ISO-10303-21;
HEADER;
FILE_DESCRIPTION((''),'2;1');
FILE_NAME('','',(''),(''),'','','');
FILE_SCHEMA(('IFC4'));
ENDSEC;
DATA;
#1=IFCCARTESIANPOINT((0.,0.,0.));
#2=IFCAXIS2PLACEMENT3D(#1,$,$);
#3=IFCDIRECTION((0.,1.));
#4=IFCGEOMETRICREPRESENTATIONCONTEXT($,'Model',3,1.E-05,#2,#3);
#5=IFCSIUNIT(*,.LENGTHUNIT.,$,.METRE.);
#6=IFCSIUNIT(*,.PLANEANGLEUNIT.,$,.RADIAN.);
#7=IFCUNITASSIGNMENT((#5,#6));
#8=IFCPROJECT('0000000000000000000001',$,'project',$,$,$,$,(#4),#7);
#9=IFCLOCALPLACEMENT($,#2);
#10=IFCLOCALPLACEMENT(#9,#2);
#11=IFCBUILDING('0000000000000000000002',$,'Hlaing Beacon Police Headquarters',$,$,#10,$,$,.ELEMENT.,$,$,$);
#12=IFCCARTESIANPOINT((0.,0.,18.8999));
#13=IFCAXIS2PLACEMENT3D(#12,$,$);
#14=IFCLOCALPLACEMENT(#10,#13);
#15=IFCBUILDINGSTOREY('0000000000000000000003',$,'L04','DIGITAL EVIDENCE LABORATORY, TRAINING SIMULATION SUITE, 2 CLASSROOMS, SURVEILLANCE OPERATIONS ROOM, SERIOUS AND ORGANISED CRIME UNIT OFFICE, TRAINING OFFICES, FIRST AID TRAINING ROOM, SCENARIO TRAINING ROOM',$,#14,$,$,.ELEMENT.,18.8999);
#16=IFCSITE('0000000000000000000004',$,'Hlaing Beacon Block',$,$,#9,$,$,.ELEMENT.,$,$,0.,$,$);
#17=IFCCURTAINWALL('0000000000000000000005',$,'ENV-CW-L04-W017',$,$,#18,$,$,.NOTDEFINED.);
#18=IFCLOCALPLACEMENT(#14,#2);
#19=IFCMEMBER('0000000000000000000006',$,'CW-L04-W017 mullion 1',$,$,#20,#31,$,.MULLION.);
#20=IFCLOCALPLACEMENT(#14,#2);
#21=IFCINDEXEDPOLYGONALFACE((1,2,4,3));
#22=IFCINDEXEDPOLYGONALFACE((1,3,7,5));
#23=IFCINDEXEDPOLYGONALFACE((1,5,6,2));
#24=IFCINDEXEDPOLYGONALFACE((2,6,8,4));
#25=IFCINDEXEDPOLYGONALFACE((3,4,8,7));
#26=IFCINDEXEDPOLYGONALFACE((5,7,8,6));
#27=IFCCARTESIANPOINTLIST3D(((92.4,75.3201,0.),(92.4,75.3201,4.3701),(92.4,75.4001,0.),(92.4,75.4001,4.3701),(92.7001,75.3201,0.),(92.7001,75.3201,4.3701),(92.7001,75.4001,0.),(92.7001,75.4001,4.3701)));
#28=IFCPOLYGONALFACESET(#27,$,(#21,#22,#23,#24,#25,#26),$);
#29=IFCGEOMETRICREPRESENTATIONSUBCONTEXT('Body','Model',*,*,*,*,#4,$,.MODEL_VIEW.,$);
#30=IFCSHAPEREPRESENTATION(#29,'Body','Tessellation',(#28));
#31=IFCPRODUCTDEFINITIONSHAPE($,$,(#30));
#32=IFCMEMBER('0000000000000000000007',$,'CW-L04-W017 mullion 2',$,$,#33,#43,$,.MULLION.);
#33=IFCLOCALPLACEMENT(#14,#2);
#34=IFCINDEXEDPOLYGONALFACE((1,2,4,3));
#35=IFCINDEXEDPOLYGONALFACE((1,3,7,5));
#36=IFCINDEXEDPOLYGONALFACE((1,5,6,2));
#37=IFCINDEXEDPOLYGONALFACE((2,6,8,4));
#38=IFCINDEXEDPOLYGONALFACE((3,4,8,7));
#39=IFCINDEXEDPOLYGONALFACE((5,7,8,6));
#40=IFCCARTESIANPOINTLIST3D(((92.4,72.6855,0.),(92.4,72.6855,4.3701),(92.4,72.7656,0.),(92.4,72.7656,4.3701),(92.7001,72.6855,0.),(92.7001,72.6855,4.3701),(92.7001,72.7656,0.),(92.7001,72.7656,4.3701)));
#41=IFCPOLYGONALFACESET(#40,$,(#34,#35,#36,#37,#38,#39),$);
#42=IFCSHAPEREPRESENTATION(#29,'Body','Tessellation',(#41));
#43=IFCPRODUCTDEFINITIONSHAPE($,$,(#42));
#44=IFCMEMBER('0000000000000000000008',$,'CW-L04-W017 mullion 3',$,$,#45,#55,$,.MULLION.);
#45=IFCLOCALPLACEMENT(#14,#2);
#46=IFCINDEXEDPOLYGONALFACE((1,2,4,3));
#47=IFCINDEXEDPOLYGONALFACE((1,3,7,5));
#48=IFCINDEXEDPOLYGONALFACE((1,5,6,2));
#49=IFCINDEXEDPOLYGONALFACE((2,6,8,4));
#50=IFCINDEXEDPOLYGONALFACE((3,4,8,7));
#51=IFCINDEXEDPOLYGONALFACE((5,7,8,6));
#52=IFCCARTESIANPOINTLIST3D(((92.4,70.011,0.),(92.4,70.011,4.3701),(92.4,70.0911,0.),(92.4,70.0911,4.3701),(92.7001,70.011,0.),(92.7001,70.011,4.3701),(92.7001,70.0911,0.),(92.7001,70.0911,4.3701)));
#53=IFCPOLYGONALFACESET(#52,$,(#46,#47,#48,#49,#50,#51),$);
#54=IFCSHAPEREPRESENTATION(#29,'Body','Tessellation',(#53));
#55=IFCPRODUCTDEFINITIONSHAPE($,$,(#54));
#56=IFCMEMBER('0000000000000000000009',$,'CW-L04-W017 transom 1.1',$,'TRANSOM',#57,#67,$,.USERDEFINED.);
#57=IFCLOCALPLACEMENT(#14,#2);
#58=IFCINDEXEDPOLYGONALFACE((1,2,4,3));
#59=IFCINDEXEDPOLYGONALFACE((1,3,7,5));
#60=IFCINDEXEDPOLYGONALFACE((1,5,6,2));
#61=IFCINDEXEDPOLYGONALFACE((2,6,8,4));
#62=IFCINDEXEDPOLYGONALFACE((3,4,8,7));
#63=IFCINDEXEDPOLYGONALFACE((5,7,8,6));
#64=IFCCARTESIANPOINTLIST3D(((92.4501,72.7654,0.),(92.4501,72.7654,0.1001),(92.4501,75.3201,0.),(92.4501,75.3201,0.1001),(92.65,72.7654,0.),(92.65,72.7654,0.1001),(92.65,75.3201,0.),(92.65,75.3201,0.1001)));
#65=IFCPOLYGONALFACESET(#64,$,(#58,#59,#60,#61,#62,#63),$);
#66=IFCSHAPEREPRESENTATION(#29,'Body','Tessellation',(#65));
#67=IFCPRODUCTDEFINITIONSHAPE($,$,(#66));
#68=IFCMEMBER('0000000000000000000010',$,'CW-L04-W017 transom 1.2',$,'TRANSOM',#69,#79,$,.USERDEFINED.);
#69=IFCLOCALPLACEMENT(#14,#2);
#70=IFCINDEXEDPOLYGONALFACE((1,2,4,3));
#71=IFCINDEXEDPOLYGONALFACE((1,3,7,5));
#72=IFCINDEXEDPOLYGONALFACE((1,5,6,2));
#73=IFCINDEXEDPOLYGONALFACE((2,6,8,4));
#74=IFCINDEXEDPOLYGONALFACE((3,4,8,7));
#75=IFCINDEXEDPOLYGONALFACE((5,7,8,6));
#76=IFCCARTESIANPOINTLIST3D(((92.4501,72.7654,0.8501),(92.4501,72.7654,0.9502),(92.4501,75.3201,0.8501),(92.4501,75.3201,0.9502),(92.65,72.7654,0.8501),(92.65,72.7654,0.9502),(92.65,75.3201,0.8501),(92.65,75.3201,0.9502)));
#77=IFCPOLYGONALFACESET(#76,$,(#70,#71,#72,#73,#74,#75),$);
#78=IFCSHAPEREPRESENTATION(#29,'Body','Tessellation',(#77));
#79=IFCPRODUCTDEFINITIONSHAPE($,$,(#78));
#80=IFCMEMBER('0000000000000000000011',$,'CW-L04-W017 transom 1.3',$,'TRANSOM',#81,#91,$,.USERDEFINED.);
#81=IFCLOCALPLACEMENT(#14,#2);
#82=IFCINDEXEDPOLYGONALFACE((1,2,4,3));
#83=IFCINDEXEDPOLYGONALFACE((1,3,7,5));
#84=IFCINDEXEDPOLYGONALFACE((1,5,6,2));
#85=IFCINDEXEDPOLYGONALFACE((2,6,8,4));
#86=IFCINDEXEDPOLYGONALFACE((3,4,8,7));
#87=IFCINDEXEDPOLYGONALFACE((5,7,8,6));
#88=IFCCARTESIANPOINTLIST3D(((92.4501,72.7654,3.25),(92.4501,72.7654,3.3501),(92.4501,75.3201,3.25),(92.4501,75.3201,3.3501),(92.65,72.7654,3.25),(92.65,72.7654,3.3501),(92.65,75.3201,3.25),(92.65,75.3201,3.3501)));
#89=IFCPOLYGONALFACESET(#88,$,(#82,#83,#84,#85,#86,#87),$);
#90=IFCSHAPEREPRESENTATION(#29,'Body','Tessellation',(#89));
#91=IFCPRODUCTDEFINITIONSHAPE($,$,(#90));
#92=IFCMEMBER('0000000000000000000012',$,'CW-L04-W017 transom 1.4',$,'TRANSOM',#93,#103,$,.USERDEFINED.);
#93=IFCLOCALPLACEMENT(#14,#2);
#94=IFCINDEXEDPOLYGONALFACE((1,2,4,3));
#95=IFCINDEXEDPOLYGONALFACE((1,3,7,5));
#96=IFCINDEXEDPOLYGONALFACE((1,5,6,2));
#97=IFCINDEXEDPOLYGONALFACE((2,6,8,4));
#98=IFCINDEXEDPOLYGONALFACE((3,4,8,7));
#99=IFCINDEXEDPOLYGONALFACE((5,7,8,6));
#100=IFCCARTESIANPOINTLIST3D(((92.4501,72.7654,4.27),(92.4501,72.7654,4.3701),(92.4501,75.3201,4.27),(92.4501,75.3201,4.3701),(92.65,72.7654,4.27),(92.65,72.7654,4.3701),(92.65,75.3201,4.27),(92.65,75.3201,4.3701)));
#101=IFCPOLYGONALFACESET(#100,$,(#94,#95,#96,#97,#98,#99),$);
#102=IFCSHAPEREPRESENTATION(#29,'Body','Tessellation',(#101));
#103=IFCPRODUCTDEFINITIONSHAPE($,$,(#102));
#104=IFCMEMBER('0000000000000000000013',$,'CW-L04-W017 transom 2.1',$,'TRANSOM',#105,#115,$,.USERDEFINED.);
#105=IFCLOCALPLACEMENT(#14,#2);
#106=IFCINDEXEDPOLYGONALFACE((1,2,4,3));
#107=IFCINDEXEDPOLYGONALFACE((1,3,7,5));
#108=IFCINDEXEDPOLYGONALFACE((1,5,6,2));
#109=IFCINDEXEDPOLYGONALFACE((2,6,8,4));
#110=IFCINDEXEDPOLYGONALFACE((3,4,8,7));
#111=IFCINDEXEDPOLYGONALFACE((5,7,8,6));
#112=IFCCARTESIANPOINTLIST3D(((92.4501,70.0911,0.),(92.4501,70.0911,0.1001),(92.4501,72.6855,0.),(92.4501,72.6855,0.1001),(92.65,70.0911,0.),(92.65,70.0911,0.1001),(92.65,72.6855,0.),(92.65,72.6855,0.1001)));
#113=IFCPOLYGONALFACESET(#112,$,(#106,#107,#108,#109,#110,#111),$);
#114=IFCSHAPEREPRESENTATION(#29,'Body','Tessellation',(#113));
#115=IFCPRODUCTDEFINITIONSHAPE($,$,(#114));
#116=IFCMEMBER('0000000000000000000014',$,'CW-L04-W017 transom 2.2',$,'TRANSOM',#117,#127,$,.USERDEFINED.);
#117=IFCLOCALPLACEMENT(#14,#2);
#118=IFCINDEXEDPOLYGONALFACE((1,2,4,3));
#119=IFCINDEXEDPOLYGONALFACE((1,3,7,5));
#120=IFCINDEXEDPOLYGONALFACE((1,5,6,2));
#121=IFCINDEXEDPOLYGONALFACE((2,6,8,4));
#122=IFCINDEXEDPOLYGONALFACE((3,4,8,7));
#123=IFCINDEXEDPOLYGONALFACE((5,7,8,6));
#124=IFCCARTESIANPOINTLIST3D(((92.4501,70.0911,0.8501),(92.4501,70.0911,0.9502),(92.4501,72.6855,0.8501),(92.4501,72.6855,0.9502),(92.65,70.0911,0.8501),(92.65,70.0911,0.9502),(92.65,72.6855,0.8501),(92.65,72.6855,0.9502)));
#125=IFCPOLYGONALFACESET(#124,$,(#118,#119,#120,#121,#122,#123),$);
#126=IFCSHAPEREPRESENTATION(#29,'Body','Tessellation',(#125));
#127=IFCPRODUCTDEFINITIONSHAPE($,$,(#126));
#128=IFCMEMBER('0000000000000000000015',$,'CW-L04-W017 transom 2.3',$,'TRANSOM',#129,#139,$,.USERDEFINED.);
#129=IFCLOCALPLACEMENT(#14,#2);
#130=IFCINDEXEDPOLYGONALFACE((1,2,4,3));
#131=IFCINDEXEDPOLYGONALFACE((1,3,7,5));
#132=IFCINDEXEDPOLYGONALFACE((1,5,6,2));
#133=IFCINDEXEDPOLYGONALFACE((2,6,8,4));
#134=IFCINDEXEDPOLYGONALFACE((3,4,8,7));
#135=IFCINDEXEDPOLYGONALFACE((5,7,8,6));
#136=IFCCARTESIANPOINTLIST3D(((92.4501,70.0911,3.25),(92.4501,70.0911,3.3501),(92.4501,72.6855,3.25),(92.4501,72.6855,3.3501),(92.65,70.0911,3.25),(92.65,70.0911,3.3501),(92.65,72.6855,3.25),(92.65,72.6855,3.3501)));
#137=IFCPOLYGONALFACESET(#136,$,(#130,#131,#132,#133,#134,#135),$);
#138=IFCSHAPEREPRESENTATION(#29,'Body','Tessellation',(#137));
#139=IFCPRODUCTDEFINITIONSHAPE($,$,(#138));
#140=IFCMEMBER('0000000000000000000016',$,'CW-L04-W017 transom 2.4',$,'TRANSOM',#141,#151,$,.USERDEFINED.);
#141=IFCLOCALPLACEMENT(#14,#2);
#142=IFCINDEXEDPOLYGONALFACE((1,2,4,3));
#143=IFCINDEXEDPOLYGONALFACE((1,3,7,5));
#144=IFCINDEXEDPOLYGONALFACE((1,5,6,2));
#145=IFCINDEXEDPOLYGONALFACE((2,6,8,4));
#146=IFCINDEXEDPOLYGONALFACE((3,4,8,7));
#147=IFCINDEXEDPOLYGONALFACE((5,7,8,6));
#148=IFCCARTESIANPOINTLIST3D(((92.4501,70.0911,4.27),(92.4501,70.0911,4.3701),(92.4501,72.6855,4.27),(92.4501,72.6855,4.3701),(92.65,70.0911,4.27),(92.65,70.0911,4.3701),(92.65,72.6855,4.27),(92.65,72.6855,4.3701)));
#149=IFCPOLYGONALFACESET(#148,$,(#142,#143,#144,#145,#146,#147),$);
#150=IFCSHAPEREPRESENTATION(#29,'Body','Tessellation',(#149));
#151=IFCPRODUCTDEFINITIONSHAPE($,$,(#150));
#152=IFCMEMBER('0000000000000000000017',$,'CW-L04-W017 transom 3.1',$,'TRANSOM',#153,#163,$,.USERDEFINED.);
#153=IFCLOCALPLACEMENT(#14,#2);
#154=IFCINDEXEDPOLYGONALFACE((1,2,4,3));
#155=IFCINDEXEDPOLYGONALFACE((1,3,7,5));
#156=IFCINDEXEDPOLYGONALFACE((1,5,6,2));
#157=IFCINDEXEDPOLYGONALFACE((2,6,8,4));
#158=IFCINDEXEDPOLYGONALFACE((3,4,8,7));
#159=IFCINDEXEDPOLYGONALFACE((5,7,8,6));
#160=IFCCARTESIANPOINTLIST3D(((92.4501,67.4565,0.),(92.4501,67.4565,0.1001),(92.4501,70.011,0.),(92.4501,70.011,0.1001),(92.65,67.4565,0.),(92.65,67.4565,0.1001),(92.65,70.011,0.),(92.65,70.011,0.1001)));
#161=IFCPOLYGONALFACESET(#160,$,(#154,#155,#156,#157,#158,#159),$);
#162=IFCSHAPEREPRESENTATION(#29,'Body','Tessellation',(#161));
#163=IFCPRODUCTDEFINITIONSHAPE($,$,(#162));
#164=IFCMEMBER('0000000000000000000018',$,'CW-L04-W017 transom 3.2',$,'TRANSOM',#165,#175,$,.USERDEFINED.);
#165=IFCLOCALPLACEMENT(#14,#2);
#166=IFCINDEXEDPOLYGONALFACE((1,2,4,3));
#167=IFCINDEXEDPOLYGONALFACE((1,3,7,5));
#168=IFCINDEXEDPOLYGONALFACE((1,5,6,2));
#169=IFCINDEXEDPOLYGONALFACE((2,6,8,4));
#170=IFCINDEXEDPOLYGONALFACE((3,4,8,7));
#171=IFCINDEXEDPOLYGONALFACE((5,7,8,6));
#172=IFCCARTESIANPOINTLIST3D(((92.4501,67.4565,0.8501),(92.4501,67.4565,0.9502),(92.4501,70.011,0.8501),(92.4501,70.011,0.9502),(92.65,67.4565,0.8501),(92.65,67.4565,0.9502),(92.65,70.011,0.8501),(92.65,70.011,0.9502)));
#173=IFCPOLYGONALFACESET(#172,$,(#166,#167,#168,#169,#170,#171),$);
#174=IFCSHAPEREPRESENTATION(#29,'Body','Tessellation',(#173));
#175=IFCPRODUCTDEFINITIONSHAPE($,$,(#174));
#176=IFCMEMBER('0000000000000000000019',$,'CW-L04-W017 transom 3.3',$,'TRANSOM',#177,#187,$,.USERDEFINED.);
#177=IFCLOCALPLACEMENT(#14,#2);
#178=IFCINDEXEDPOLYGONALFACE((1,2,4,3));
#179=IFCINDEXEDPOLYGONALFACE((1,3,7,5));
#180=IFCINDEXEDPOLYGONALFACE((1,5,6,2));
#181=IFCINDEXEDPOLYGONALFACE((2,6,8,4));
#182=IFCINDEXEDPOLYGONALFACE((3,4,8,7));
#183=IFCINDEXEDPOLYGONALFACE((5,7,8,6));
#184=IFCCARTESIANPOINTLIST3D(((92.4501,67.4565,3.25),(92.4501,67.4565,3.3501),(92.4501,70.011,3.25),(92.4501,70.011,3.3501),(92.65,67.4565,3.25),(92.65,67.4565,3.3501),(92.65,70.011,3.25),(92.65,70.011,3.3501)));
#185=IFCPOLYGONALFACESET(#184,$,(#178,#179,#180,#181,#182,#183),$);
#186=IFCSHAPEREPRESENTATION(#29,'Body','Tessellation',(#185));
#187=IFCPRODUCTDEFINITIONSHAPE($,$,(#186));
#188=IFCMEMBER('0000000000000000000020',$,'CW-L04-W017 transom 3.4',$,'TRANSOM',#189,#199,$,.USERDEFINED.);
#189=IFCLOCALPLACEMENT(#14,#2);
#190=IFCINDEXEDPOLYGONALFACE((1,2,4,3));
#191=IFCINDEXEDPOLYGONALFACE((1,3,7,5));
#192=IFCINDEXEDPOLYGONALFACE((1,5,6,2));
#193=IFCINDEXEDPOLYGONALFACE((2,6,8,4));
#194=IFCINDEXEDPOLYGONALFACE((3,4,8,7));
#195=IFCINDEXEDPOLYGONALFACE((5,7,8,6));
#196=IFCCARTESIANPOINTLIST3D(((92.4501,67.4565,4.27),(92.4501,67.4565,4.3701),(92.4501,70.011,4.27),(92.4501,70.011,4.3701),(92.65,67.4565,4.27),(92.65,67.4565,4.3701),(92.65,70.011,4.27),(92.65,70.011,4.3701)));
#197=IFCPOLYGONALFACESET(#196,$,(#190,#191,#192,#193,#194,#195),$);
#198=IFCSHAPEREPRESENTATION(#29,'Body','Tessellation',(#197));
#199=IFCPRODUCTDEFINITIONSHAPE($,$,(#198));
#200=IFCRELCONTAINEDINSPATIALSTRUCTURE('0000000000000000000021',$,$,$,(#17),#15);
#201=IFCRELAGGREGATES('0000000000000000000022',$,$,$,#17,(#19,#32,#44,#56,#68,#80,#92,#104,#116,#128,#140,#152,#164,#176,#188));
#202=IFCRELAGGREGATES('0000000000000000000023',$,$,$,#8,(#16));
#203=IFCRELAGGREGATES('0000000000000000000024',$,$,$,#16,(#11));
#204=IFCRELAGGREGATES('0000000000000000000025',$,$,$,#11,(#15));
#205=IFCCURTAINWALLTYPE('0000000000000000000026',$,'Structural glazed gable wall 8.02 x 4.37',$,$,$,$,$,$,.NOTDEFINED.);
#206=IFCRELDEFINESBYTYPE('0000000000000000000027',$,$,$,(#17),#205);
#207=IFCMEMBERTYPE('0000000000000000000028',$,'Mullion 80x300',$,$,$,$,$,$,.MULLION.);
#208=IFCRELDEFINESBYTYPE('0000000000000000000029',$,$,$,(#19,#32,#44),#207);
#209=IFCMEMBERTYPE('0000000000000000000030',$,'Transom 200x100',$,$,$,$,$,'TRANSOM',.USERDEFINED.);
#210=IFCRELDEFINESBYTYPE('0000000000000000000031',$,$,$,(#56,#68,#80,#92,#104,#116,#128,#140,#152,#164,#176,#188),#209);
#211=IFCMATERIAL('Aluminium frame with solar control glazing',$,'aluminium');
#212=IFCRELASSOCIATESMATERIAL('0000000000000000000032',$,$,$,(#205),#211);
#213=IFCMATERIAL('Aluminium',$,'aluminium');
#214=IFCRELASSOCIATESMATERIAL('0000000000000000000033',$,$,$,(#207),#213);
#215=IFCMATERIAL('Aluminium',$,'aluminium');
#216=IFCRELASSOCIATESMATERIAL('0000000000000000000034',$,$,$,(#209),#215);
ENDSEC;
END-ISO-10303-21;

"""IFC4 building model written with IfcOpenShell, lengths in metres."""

from ifc_helpers import new_model, si_unit, direction, frame, origin, origin_2d, place, context, subcontext, project, spatial, rectangle, extrude, material, material_profile, profile_set, type_object, element, aggregate, save


model = new_model("IFC4")

# Units and contexts
model_context = context("Model", 3, precision=1e-05, world=origin(), true_north=direction((0.0, 1.0)))
body_context = subcontext(model_context, "Body", "Model", "MODEL_VIEW")
ifc_project = project(units=[si_unit("LENGTHUNIT", "METRE"), si_unit("PLANEANGLEUNIT", "RADIAN")], contexts=[model_context])

# Site, building, storey
site_placement = place(None, origin())
site = spatial("IfcSite", under=ifc_project, at=site_placement, Name="Hlaing Beacon Block", CompositionType="ELEMENT", RefElevation=0.0)
building_placement = place(site_placement, origin())
building = spatial("IfcBuilding", under=site, at=building_placement, Name="Hlaing Beacon Police Headquarters", CompositionType="ELEMENT")
storey_placement = place(building_placement, frame((0.0, 0.0, 18.8999)))
storey = spatial("IfcBuildingStorey", under=building, at=storey_placement, Name="L04", Description="DIGITAL EVIDENCE LABORATORY, TRAINING SIMULATION SUITE, 2 CLASSROOMS, SURVEILLANCE OPERATIONS ROOM, SERIOUS AND ORGANISED CRIME UNIT OFFICE, TRAINING OFFICES, FIRST AID TRAINING ROOM, SCENARIO TRAINING ROOM", CompositionType="ELEMENT", Elevation=18.8999)

# Curtain wall, members
ifc_material_1 = material(Name="Aluminium frame with solar control glazing", Category="aluminium")
curtain_wall_type = type_object("IfcCurtainWallType", Name="Structural glazed gable wall 8.02 x 4.37", PredefinedType="NOTDEFINED", material=ifc_material_1)
curtain_wall_placement = place(storey_placement, origin())
curtain_wall = element("IfcCurtainWall", 1, at=curtain_wall_placement, inside=storey, type_object=curtain_wall_type, Name="ENV-CW-L04-W017", PredefinedType="NOTDEFINED")
ifc_material_2 = material(Name="Aluminium", Category="aluminium")
ifc_material_profile_1 = material_profile(ifc_material_2, rectangle(XDim=0.3, YDim=0.0801, at=origin_2d()), Name="Mullion 80x300")
ifc_profile_set_1 = profile_set([ifc_material_profile_1], Name="Aluminium")
member_type_1 = type_object("IfcMemberType", Name="Mullion 80x300", PredefinedType="MULLION", material=ifc_profile_set_1)
member_1_placement = place(storey_placement, frame((92.55, 75.3601, 0.0), z_axis=(0.0, 0.0, 1.0), x_axis=(1.0, 0.0, 0.0)))
member_1 = element("IfcMember", 2, at=member_1_placement, type_object=member_type_1, Name="CW-L04-W017 mullion 1", PredefinedType="MULLION", context=body_context, shape_type="SweptSolid", body=[
    extrude(rectangle(XDim=0.3, YDim=0.0801, at=origin_2d()), origin(), (0.0, 0.0, 1.0), 4.3701),
])
member_2_placement = place(storey_placement, frame((92.55, 72.7256, 0.0), z_axis=(0.0, 0.0, 1.0), x_axis=(1.0, 0.0, 0.0)))
member_2 = element("IfcMember", 3, at=member_2_placement, type_object=member_type_1, Name="CW-L04-W017 mullion 2", PredefinedType="MULLION", context=body_context, shape_type="SweptSolid", body=[
    extrude(rectangle(XDim=0.3, YDim=0.0801, at=origin_2d()), origin(), (0.0, 0.0, 1.0), 4.3701),
])
member_3_placement = place(storey_placement, frame((92.55, 70.051, 0.0), z_axis=(0.0, 0.0, 1.0), x_axis=(1.0, 0.0, 0.0)))
member_3 = element("IfcMember", 4, at=member_3_placement, type_object=member_type_1, Name="CW-L04-W017 mullion 3", PredefinedType="MULLION", context=body_context, shape_type="SweptSolid", body=[
    extrude(rectangle(XDim=0.3, YDim=0.0801, at=origin_2d()), origin(), (0.0, 0.0, 1.0), 4.3701),
])
ifc_material_3 = material(Name="Aluminium", Category="aluminium")
ifc_material_profile_2 = material_profile(ifc_material_3, rectangle(XDim=0.2, YDim=0.1001, at=origin_2d()), Name="Transom 200x100")
ifc_profile_set_2 = profile_set([ifc_material_profile_2], Name="Aluminium")
member_type_2 = type_object("IfcMemberType", Name="Transom 200x100", ElementType="TRANSOM", PredefinedType="USERDEFINED", material=ifc_profile_set_2)
member_4_placement = place(storey_placement, frame((92.55, 75.3201, 0.05), z_axis=(0.0, -1.0, 0.0), x_axis=(1.0, 0.0, 0.0)))
member_4 = element("IfcMember", 5, at=member_4_placement, type_object=member_type_2, Name="CW-L04-W017 transom 1.1", ObjectType="TRANSOM", PredefinedType="USERDEFINED", context=body_context, shape_type="SweptSolid", body=[
    extrude(rectangle(XDim=0.2, YDim=0.1001, at=origin_2d()), origin(), (0.0, 0.0, 1.0), 2.5547),
])
member_5_placement = place(storey_placement, frame((92.55, 75.3201, 0.9001), z_axis=(0.0, -1.0, 0.0), x_axis=(1.0, 0.0, 0.0)))
member_5 = element("IfcMember", 6, at=member_5_placement, type_object=member_type_2, Name="CW-L04-W017 transom 1.2", ObjectType="TRANSOM", PredefinedType="USERDEFINED", context=body_context, shape_type="SweptSolid", body=[
    extrude(rectangle(XDim=0.2, YDim=0.1001, at=origin_2d()), origin(), (0.0, 0.0, 1.0), 2.5547),
])
member_6_placement = place(storey_placement, frame((92.55, 75.3201, 3.3), z_axis=(0.0, -1.0, 0.0), x_axis=(1.0, 0.0, 0.0)))
member_6 = element("IfcMember", 7, at=member_6_placement, type_object=member_type_2, Name="CW-L04-W017 transom 1.3", ObjectType="TRANSOM", PredefinedType="USERDEFINED", context=body_context, shape_type="SweptSolid", body=[
    extrude(rectangle(XDim=0.2, YDim=0.1001, at=origin_2d()), origin(), (0.0, 0.0, 1.0), 2.5547),
])
member_7_placement = place(storey_placement, frame((92.55, 75.3201, 4.3201), z_axis=(0.0, -1.0, 0.0), x_axis=(1.0, 0.0, 0.0)))
member_7 = element("IfcMember", 8, at=member_7_placement, type_object=member_type_2, Name="CW-L04-W017 transom 1.4", ObjectType="TRANSOM", PredefinedType="USERDEFINED", context=body_context, shape_type="SweptSolid", body=[
    extrude(rectangle(XDim=0.2, YDim=0.1001, at=origin_2d()), origin(), (0.0, 0.0, 1.0), 2.5547),
])
member_8_placement = place(storey_placement, frame((92.55, 72.6855, 0.05), z_axis=(0.0, -1.0, 0.0), x_axis=(1.0, 0.0, 0.0)))
member_8 = element("IfcMember", 9, at=member_8_placement, type_object=member_type_2, Name="CW-L04-W017 transom 2.1", ObjectType="TRANSOM", PredefinedType="USERDEFINED", context=body_context, shape_type="SweptSolid", body=[
    extrude(rectangle(XDim=0.2, YDim=0.1001, at=origin_2d()), origin(), (0.0, 0.0, 1.0), 2.5945),
])
member_9_placement = place(storey_placement, frame((92.55, 72.6855, 0.9001), z_axis=(0.0, -1.0, 0.0), x_axis=(1.0, 0.0, 0.0)))
member_9 = element("IfcMember", 10, at=member_9_placement, type_object=member_type_2, Name="CW-L04-W017 transom 2.2", ObjectType="TRANSOM", PredefinedType="USERDEFINED", context=body_context, shape_type="SweptSolid", body=[
    extrude(rectangle(XDim=0.2, YDim=0.1001, at=origin_2d()), origin(), (0.0, 0.0, 1.0), 2.5945),
])
member_10_placement = place(storey_placement, frame((92.55, 72.6855, 3.3), z_axis=(0.0, -1.0, 0.0), x_axis=(1.0, 0.0, 0.0)))
member_10 = element("IfcMember", 11, at=member_10_placement, type_object=member_type_2, Name="CW-L04-W017 transom 2.3", ObjectType="TRANSOM", PredefinedType="USERDEFINED", context=body_context, shape_type="SweptSolid", body=[
    extrude(rectangle(XDim=0.2, YDim=0.1001, at=origin_2d()), origin(), (0.0, 0.0, 1.0), 2.5945),
])
member_11_placement = place(storey_placement, frame((92.55, 72.6855, 4.3201), z_axis=(0.0, -1.0, 0.0), x_axis=(1.0, 0.0, 0.0)))
member_11 = element("IfcMember", 12, at=member_11_placement, type_object=member_type_2, Name="CW-L04-W017 transom 2.4", ObjectType="TRANSOM", PredefinedType="USERDEFINED", context=body_context, shape_type="SweptSolid", body=[
    extrude(rectangle(XDim=0.2, YDim=0.1001, at=origin_2d()), origin(), (0.0, 0.0, 1.0), 2.5945),
])
member_12_placement = place(storey_placement, frame((92.55, 70.011, 0.05), z_axis=(0.0, -1.0, 0.0), x_axis=(1.0, 0.0, 0.0)))
member_12 = element("IfcMember", 13, at=member_12_placement, type_object=member_type_2, Name="CW-L04-W017 transom 3.1", ObjectType="TRANSOM", PredefinedType="USERDEFINED", context=body_context, shape_type="SweptSolid", body=[
    extrude(rectangle(XDim=0.2, YDim=0.1001, at=origin_2d()), origin(), (0.0, 0.0, 1.0), 2.5544),
])
member_13_placement = place(storey_placement, frame((92.55, 70.011, 0.9001), z_axis=(0.0, -1.0, 0.0), x_axis=(1.0, 0.0, 0.0)))
member_13 = element("IfcMember", 14, at=member_13_placement, type_object=member_type_2, Name="CW-L04-W017 transom 3.2", ObjectType="TRANSOM", PredefinedType="USERDEFINED", context=body_context, shape_type="SweptSolid", body=[
    extrude(rectangle(XDim=0.2, YDim=0.1001, at=origin_2d()), origin(), (0.0, 0.0, 1.0), 2.5544),
])
member_14_placement = place(storey_placement, frame((92.55, 70.011, 3.3), z_axis=(0.0, -1.0, 0.0), x_axis=(1.0, 0.0, 0.0)))
member_14 = element("IfcMember", 15, at=member_14_placement, type_object=member_type_2, Name="CW-L04-W017 transom 3.3", ObjectType="TRANSOM", PredefinedType="USERDEFINED", context=body_context, shape_type="SweptSolid", body=[
    extrude(rectangle(XDim=0.2, YDim=0.1001, at=origin_2d()), origin(), (0.0, 0.0, 1.0), 2.5544),
])
member_15_placement = place(storey_placement, frame((92.55, 70.011, 4.3201), z_axis=(0.0, -1.0, 0.0), x_axis=(1.0, 0.0, 0.0)))
member_15 = element("IfcMember", 16, at=member_15_placement, type_object=member_type_2, Name="CW-L04-W017 transom 3.4", ObjectType="TRANSOM", PredefinedType="USERDEFINED", context=body_context, shape_type="SweptSolid", body=[
    extrude(rectangle(XDim=0.2, YDim=0.1001, at=origin_2d()), origin(), (0.0, 0.0, 1.0), 2.5544),
])
aggregate(curtain_wall, [member_1, member_2, member_3, member_4, member_5, member_6, member_7, member_8, member_9, member_10, member_11, member_12, member_13, member_14, member_15])

save(model, "model.ifc")
